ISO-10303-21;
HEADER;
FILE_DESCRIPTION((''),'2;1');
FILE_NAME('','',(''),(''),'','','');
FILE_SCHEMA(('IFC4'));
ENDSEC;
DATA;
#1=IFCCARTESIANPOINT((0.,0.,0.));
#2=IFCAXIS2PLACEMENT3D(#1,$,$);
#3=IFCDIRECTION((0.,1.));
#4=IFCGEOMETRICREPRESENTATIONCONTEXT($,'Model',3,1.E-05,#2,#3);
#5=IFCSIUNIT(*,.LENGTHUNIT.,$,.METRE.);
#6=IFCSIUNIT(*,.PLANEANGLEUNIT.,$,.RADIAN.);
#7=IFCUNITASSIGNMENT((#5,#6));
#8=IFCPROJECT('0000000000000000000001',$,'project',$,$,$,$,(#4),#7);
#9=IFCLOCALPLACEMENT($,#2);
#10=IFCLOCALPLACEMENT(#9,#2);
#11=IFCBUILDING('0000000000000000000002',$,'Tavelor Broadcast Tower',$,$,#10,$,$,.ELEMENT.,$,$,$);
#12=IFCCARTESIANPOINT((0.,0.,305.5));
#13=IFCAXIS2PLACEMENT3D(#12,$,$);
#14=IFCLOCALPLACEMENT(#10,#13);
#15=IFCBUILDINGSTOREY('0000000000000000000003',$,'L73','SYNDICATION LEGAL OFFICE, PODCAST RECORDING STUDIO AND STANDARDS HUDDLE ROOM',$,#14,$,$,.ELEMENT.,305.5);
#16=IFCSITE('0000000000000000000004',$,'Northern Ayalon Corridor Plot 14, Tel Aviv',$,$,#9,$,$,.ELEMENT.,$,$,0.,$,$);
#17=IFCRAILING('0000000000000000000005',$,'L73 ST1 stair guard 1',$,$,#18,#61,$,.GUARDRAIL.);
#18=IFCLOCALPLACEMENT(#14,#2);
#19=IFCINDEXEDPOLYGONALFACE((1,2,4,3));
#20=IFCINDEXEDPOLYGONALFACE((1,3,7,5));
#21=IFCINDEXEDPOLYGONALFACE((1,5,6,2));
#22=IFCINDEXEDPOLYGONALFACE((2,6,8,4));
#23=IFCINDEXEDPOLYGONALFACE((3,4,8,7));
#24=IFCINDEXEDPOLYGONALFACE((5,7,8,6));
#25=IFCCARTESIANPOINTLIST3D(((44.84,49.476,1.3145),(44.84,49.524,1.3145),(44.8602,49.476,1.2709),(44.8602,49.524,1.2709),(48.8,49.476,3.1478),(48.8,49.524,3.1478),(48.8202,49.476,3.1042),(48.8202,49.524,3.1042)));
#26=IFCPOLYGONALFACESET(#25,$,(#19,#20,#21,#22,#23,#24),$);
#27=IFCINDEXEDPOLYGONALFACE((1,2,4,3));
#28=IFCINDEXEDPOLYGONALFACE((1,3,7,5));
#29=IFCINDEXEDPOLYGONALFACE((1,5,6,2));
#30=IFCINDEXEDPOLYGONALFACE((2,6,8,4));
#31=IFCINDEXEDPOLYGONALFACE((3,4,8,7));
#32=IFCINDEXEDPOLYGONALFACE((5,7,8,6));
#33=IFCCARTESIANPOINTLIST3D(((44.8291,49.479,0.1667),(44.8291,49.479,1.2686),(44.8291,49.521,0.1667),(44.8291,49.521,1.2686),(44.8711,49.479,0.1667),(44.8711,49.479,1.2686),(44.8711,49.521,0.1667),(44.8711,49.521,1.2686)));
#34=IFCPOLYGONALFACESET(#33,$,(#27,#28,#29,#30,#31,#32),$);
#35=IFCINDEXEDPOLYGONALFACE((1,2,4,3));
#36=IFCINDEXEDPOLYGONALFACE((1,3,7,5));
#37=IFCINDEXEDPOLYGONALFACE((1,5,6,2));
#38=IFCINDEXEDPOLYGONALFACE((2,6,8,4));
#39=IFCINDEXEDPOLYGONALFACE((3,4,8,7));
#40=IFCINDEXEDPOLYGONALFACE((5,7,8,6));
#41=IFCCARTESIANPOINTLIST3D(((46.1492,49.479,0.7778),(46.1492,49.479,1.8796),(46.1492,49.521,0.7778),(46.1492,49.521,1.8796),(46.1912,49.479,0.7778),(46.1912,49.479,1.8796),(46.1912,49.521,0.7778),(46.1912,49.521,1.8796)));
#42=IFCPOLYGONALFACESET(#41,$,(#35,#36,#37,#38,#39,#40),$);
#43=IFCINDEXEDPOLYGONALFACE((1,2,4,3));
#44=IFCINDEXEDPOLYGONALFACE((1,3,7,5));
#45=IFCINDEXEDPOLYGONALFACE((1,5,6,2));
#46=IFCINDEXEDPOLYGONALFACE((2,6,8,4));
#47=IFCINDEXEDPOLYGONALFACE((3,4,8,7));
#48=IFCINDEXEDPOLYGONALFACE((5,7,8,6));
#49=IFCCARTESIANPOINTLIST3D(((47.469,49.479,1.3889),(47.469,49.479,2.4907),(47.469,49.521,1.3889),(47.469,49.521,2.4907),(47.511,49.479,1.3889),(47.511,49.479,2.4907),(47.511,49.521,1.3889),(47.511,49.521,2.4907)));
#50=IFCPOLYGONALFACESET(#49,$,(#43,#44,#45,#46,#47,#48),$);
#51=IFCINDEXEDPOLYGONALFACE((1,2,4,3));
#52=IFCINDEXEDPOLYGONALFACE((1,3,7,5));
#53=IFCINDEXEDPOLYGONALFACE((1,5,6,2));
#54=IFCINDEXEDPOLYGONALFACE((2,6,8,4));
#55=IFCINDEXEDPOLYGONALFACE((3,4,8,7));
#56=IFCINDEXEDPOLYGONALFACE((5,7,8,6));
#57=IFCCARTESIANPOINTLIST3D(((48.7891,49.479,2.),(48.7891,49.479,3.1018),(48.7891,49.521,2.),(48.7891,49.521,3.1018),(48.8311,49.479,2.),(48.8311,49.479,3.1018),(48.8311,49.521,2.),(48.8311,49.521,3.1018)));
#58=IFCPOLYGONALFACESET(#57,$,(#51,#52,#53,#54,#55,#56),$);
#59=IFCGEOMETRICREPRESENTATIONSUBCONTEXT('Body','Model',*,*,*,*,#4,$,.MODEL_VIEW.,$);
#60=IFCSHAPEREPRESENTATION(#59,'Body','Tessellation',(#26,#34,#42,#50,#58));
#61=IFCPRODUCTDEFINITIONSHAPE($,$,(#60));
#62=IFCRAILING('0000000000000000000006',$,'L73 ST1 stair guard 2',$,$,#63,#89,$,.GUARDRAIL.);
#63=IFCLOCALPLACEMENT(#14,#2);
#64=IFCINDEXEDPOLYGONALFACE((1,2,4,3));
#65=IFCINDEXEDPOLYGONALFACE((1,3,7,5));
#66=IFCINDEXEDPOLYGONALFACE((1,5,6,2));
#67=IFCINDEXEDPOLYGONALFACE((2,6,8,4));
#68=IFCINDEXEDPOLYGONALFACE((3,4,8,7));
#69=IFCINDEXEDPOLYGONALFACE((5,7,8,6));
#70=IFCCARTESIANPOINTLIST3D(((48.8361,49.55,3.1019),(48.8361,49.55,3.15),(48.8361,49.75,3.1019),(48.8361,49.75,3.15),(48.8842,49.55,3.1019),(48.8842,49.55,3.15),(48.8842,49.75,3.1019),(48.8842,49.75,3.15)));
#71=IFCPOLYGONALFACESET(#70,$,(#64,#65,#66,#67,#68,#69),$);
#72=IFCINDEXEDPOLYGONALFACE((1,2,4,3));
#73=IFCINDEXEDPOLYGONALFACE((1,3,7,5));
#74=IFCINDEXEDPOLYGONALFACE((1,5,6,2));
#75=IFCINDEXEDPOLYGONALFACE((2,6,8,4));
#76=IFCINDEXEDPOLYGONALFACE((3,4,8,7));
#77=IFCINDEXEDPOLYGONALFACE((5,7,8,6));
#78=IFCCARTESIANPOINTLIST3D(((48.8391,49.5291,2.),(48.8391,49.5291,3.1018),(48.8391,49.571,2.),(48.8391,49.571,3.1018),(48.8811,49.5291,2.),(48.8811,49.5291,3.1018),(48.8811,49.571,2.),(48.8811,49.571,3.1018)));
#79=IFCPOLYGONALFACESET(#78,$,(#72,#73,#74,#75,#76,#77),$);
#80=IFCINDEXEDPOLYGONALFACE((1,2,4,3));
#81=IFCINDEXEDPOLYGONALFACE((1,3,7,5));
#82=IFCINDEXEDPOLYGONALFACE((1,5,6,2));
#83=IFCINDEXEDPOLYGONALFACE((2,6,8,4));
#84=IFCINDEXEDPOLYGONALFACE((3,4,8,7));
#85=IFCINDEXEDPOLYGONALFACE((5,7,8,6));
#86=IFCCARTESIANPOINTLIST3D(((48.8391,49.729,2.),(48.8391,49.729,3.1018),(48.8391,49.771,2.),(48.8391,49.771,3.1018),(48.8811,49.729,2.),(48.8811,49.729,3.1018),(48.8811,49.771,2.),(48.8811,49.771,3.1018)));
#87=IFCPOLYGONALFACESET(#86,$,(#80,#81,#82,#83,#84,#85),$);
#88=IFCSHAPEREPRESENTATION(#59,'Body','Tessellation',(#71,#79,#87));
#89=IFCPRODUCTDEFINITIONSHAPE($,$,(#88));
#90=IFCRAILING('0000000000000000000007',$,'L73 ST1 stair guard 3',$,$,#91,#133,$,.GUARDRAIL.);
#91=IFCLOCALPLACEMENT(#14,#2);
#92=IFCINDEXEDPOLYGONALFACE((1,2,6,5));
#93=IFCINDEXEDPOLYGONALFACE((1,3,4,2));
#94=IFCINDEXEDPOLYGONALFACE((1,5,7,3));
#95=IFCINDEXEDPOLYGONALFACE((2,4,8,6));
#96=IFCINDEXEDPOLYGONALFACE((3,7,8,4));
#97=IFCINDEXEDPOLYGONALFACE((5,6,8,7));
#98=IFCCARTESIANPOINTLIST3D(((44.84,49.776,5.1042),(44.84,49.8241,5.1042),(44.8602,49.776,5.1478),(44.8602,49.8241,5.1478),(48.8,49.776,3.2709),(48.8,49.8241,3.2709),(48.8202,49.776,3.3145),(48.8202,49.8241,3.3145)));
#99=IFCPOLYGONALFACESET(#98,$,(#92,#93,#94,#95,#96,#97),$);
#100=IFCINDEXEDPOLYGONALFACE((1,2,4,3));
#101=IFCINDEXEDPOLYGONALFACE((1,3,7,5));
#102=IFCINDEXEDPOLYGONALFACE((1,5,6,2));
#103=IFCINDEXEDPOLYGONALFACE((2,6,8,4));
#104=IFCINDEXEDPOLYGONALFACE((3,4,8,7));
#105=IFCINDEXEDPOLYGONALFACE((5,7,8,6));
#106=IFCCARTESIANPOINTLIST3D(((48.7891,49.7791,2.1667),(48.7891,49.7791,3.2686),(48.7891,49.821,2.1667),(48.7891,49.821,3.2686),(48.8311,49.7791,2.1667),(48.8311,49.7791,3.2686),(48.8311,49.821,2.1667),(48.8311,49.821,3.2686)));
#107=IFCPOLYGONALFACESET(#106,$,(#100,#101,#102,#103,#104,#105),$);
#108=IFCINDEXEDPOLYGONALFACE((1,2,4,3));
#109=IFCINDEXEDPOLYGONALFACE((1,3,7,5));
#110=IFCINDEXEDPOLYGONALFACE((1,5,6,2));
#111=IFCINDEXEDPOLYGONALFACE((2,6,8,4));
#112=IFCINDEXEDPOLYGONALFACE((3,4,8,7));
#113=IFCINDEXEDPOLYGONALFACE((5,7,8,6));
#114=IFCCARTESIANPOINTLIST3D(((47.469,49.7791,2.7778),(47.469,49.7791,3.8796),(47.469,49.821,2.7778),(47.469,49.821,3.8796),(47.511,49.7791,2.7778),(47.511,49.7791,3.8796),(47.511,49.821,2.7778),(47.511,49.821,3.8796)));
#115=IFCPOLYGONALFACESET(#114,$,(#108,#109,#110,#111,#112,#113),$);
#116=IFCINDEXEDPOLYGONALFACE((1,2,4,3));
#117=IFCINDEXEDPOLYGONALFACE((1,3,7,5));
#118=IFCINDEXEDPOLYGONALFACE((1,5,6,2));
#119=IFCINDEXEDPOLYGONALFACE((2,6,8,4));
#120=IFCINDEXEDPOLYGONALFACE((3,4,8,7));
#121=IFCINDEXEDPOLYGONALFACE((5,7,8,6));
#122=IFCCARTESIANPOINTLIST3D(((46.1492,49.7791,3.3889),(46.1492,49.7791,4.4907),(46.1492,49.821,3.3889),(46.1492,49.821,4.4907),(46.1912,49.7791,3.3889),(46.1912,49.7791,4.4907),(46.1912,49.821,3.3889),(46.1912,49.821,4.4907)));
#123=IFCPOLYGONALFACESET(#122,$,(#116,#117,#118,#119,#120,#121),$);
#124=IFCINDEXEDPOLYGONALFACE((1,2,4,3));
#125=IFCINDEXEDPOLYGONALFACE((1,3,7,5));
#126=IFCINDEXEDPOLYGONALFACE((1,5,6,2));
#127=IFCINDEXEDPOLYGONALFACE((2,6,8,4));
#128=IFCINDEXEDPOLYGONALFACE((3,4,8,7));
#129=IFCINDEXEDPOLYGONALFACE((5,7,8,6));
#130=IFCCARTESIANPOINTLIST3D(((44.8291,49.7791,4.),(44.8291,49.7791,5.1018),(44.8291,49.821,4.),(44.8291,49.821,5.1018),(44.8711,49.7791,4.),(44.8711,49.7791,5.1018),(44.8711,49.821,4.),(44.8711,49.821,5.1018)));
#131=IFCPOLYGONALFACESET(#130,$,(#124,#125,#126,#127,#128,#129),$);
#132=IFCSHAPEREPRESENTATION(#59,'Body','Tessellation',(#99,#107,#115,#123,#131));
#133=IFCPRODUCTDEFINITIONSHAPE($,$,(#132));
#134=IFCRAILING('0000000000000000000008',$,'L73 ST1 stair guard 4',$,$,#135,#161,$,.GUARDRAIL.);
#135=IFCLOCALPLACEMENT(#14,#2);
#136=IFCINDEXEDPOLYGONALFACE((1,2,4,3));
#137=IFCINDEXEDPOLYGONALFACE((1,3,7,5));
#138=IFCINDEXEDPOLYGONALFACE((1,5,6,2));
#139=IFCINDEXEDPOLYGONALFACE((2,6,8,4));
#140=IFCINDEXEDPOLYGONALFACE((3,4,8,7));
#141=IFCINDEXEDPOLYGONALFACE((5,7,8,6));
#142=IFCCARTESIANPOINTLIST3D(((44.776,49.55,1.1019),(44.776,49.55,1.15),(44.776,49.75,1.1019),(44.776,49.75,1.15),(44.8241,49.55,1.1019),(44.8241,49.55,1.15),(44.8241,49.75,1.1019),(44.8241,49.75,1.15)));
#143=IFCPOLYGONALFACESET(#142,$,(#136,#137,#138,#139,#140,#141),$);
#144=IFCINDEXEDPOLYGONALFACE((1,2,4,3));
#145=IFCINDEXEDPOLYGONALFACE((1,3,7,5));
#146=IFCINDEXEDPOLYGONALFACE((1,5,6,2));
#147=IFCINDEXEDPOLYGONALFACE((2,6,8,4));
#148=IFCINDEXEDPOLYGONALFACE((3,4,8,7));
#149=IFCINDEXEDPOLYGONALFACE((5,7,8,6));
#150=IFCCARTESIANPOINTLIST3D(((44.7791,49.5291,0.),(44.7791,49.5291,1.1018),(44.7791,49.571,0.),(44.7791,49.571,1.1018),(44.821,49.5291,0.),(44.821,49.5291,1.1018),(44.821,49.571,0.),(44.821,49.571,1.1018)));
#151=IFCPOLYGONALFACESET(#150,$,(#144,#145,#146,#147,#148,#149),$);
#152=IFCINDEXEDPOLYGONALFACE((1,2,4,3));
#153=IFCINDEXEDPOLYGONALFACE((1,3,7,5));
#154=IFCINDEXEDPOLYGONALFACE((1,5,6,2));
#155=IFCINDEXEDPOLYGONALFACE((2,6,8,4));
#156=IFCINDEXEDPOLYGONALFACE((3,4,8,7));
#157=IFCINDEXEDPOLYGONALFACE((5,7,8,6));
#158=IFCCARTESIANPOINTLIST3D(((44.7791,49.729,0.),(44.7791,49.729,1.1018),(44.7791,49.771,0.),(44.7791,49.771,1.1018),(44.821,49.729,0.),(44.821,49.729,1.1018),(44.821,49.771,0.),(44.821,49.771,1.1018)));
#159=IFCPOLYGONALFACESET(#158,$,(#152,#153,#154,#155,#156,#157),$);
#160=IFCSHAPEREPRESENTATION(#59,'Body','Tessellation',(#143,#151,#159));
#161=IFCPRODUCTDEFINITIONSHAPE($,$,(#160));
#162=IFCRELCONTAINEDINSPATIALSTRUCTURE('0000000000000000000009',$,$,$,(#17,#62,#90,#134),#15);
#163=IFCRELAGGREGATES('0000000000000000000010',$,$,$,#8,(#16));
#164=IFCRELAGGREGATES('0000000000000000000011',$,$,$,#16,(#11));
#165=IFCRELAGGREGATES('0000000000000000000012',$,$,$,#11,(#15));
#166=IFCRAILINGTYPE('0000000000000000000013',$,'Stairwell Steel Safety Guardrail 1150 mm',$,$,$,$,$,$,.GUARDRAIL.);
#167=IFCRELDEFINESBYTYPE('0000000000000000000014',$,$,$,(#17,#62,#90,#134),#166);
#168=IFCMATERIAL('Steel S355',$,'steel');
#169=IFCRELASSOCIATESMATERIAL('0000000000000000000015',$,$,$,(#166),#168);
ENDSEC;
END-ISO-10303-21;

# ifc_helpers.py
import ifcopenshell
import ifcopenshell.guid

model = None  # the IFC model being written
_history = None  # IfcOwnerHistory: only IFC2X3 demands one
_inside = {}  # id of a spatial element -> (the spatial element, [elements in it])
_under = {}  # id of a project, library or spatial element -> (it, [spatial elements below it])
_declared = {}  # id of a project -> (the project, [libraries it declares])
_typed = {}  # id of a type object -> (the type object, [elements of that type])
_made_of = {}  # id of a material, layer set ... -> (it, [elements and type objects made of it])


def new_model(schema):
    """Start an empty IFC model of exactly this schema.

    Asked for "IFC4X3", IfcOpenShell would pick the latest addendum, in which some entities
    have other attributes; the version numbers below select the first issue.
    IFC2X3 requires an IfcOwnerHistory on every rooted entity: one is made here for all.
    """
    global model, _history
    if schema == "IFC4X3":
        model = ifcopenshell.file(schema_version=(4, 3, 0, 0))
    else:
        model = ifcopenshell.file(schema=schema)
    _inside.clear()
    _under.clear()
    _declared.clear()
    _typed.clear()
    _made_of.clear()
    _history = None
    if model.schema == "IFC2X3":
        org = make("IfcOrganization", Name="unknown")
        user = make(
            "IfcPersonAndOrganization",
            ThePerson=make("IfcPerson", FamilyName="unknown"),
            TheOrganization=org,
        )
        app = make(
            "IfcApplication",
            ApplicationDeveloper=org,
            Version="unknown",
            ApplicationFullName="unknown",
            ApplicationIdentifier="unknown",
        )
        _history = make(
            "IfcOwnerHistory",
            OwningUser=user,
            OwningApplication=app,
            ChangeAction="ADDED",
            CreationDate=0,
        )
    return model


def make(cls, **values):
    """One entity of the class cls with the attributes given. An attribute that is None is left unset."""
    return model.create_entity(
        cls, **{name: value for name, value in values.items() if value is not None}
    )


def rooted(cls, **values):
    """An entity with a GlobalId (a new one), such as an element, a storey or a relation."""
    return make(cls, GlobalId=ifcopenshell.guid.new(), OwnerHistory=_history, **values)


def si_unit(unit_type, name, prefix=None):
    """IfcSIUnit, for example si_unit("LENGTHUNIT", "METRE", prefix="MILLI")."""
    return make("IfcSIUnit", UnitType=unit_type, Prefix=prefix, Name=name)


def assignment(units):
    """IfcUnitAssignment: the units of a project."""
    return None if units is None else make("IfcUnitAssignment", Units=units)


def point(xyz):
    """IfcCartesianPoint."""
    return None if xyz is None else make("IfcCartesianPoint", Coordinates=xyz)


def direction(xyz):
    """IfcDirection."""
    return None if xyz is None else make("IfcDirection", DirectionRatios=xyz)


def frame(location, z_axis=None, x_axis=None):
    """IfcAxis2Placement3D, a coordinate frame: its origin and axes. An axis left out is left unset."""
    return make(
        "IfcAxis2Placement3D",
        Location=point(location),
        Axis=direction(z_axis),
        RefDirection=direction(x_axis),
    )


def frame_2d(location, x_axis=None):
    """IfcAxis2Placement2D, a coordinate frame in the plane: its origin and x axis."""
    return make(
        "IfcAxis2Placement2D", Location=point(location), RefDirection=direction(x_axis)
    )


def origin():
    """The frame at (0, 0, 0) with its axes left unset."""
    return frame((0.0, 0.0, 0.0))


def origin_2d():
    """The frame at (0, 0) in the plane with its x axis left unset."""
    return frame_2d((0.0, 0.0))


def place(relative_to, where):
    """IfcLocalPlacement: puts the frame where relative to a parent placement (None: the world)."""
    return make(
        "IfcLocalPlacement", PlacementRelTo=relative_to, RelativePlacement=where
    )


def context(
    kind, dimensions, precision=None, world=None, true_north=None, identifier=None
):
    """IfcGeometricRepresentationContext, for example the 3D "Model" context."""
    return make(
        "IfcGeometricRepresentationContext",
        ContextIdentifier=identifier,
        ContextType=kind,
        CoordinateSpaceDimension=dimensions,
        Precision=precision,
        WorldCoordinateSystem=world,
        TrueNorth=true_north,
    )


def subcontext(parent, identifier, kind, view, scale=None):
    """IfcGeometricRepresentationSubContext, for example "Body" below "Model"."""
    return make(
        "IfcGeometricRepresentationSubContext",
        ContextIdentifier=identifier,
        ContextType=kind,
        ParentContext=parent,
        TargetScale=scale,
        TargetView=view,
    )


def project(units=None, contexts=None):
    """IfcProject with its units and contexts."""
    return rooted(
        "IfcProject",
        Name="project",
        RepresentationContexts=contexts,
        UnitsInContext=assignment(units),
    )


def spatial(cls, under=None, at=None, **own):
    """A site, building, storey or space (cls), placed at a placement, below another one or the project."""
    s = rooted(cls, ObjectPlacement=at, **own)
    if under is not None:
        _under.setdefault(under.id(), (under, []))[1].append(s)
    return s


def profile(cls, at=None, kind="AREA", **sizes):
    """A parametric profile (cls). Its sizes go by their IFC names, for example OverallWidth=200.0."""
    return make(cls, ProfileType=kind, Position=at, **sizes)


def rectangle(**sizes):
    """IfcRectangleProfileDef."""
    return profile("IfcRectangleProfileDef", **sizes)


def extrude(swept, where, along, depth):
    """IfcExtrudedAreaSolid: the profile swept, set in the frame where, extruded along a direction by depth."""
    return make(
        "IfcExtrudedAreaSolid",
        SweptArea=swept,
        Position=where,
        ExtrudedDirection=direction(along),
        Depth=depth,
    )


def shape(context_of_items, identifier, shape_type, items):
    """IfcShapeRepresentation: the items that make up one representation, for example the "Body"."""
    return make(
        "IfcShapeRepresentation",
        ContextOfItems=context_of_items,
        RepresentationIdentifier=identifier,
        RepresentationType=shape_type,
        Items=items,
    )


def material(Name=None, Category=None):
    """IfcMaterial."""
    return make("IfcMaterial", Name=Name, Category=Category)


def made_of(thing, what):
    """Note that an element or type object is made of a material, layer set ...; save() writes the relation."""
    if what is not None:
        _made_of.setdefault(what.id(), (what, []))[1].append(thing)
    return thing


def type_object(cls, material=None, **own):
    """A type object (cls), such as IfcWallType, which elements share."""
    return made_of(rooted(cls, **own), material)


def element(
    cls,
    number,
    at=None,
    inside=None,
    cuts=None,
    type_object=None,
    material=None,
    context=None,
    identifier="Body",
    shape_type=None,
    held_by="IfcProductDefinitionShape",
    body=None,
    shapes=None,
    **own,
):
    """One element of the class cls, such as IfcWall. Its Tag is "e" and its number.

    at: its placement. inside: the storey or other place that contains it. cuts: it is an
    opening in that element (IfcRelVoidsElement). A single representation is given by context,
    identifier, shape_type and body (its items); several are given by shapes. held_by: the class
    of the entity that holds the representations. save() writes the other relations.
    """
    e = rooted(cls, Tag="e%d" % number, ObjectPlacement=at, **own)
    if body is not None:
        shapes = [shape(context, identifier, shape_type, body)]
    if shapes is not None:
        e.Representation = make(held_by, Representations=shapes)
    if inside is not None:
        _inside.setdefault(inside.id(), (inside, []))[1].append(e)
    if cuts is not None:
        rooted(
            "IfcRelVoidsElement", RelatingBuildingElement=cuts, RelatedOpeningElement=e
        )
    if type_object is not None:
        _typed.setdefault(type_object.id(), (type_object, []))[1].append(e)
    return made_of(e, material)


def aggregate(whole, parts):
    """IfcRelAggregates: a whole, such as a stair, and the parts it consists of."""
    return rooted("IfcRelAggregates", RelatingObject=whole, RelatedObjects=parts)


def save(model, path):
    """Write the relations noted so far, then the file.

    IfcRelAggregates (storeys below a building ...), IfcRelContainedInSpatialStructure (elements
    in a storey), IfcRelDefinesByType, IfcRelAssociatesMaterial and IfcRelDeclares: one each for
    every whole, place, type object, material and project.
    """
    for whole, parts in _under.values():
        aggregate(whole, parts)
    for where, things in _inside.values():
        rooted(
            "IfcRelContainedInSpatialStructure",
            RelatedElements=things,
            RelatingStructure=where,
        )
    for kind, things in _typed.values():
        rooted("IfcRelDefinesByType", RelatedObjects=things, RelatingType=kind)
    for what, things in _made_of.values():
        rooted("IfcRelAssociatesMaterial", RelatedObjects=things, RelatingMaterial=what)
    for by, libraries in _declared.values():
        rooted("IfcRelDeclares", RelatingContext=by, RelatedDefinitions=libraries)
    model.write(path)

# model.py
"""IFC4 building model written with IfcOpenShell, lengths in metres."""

from ifc_helpers import new_model, si_unit, direction, frame, origin, origin_2d, place, context, subcontext, project, spatial, rectangle, extrude, material, type_object, element, save


model = new_model("IFC4")

# Units and contexts
model_context = context("Model", 3, precision=1e-05, world=origin(), true_north=direction((0.0, 1.0)))
body_context = subcontext(model_context, "Body", "Model", "MODEL_VIEW")
ifc_project = project(units=[si_unit("LENGTHUNIT", "METRE"), si_unit("PLANEANGLEUNIT", "RADIAN")], contexts=[model_context])

# Site, building, storey
site_placement = place(None, origin())
site = spatial("IfcSite", under=ifc_project, at=site_placement, Name="Northern Ayalon Corridor Plot 14, Tel Aviv", CompositionType="ELEMENT", RefElevation=0.0)
building_placement = place(site_placement, origin())
building = spatial("IfcBuilding", under=site, at=building_placement, Name="Tavelor Broadcast Tower", CompositionType="ELEMENT")
storey_placement = place(building_placement, frame((0.0, 0.0, 305.5)))
storey = spatial("IfcBuildingStorey", under=building, at=storey_placement, Name="L73", Description="SYNDICATION LEGAL OFFICE, PODCAST RECORDING STUDIO AND STANDARDS HUDDLE ROOM", CompositionType="ELEMENT", Elevation=305.5)

# Shared definitions
ifc_material_1 = material(Name="Steel S355", Category="steel")

# Railings
railing_type_1 = type_object("IfcRailingType", Name="Stairwell Steel Safety Guardrail 1150 mm", PredefinedType="GUARDRAIL", material=ifc_material_1)
railing_1_placement = place(storey_placement, frame((44.8501, 49.5, 0.1667)))
element("IfcRailing", 1, at=railing_1_placement, inside=storey, type_object=railing_type_1, Name="L73 ST1 stair guard 1", PredefinedType="GUARDRAIL", context=body_context, shape_type="SweptSolid", body=[
    extrude(rectangle(XDim=0.0481, YDim=0.0481, at=origin_2d()), frame((0.0, 0.0, 1.126), z_axis=(0.907472, 0.0, 0.420112), x_axis=(0.0, 1.0, 0.0)), (0.0, 0.0, 1.0), 4.3638),
    extrude(rectangle(XDim=0.042, YDim=0.042, at=origin_2d()), origin(), (0.0, 0.0, 1.0), 1.1018),
    extrude(rectangle(XDim=0.042, YDim=0.042, at=origin_2d()), frame((1.3201, 0.0, 0.6111)), (0.0, 0.0, 1.0), 1.1018),
    extrude(rectangle(XDim=0.042, YDim=0.042, at=origin_2d()), frame((2.6399, 0.0, 1.2222)), (0.0, 0.0, 1.0), 1.1018),
    extrude(rectangle(XDim=0.042, YDim=0.042, at=origin_2d()), frame((3.96, 0.0, 1.8333)), (0.0, 0.0, 1.0), 1.1018),
])
railing_2_placement = place(storey_placement, frame((48.8601, 49.55, 2.0)))
element("IfcRailing", 2, at=railing_2_placement, inside=storey, type_object=railing_type_1, Name="L73 ST1 stair guard 2", PredefinedType="GUARDRAIL", context=body_context, shape_type="SweptSolid", body=[
    extrude(rectangle(XDim=0.0481, YDim=0.0481, at=origin_2d()), frame((0.0, 0.0, 1.126), z_axis=(0.0, 1.0, 0.0), x_axis=(-1.0, 0.0, 0.0)), (0.0, 0.0, 1.0), 0.2),
    extrude(rectangle(XDim=0.042, YDim=0.042, at=origin_2d()), origin(), (0.0, 0.0, 1.0), 1.1018),
    extrude(rectangle(XDim=0.042, YDim=0.042, at=origin_2d()), frame((0.0, 0.2, 0.0)), (0.0, 0.0, 1.0), 1.1018),
])
railing_3_placement = place(storey_placement, frame((48.8101, 49.8, 2.1667)))
element("IfcRailing", 3, at=railing_3_placement, inside=storey, type_object=railing_type_1, Name="L73 ST1 stair guard 3", PredefinedType="GUARDRAIL", context=body_context, shape_type="SweptSolid", body=[
    extrude(rectangle(XDim=0.0481, YDim=0.0481, at=origin_2d()), frame((0.0, 0.0, 1.126), z_axis=(-0.907472, 0.0, 0.420112), x_axis=(0.0, -1.0, 0.0)), (0.0, 0.0, 1.0), 4.3638),
    extrude(rectangle(XDim=0.042, YDim=0.042, at=origin_2d()), origin(), (0.0, 0.0, 1.0), 1.1018),
    extrude(rectangle(XDim=0.042, YDim=0.042, at=origin_2d()), frame((-1.3201, 0.0, 0.6111)), (0.0, 0.0, 1.0), 1.1018),
    extrude(rectangle(XDim=0.042, YDim=0.042, at=origin_2d()), frame((-2.6399, 0.0, 1.2222)), (0.0, 0.0, 1.0), 1.1018),
    extrude(rectangle(XDim=0.042, YDim=0.042, at=origin_2d()), frame((-3.96, 0.0, 1.8333)), (0.0, 0.0, 1.0), 1.1018),
])
railing_4_placement = place(storey_placement, frame((44.8, 49.55, 0.0)))
element("IfcRailing", 4, at=railing_4_placement, inside=storey, type_object=railing_type_1, Name="L73 ST1 stair guard 4", PredefinedType="GUARDRAIL", context=body_context, shape_type="SweptSolid", body=[
    extrude(rectangle(XDim=0.0481, YDim=0.0481, at=origin_2d()), frame((0.0, 0.0, 1.126), z_axis=(0.0, 1.0, 0.0), x_axis=(-1.0, 0.0, 0.0)), (0.0, 0.0, 1.0), 0.2),
    extrude(rectangle(XDim=0.042, YDim=0.042, at=origin_2d()), origin(), (0.0, 0.0, 1.0), 1.1018),
    extrude(rectangle(XDim=0.042, YDim=0.042, at=origin_2d()), frame((0.0, 0.2, 0.0)), (0.0, 0.0, 1.0), 1.1018),
])

save(model, "model.ifc")
